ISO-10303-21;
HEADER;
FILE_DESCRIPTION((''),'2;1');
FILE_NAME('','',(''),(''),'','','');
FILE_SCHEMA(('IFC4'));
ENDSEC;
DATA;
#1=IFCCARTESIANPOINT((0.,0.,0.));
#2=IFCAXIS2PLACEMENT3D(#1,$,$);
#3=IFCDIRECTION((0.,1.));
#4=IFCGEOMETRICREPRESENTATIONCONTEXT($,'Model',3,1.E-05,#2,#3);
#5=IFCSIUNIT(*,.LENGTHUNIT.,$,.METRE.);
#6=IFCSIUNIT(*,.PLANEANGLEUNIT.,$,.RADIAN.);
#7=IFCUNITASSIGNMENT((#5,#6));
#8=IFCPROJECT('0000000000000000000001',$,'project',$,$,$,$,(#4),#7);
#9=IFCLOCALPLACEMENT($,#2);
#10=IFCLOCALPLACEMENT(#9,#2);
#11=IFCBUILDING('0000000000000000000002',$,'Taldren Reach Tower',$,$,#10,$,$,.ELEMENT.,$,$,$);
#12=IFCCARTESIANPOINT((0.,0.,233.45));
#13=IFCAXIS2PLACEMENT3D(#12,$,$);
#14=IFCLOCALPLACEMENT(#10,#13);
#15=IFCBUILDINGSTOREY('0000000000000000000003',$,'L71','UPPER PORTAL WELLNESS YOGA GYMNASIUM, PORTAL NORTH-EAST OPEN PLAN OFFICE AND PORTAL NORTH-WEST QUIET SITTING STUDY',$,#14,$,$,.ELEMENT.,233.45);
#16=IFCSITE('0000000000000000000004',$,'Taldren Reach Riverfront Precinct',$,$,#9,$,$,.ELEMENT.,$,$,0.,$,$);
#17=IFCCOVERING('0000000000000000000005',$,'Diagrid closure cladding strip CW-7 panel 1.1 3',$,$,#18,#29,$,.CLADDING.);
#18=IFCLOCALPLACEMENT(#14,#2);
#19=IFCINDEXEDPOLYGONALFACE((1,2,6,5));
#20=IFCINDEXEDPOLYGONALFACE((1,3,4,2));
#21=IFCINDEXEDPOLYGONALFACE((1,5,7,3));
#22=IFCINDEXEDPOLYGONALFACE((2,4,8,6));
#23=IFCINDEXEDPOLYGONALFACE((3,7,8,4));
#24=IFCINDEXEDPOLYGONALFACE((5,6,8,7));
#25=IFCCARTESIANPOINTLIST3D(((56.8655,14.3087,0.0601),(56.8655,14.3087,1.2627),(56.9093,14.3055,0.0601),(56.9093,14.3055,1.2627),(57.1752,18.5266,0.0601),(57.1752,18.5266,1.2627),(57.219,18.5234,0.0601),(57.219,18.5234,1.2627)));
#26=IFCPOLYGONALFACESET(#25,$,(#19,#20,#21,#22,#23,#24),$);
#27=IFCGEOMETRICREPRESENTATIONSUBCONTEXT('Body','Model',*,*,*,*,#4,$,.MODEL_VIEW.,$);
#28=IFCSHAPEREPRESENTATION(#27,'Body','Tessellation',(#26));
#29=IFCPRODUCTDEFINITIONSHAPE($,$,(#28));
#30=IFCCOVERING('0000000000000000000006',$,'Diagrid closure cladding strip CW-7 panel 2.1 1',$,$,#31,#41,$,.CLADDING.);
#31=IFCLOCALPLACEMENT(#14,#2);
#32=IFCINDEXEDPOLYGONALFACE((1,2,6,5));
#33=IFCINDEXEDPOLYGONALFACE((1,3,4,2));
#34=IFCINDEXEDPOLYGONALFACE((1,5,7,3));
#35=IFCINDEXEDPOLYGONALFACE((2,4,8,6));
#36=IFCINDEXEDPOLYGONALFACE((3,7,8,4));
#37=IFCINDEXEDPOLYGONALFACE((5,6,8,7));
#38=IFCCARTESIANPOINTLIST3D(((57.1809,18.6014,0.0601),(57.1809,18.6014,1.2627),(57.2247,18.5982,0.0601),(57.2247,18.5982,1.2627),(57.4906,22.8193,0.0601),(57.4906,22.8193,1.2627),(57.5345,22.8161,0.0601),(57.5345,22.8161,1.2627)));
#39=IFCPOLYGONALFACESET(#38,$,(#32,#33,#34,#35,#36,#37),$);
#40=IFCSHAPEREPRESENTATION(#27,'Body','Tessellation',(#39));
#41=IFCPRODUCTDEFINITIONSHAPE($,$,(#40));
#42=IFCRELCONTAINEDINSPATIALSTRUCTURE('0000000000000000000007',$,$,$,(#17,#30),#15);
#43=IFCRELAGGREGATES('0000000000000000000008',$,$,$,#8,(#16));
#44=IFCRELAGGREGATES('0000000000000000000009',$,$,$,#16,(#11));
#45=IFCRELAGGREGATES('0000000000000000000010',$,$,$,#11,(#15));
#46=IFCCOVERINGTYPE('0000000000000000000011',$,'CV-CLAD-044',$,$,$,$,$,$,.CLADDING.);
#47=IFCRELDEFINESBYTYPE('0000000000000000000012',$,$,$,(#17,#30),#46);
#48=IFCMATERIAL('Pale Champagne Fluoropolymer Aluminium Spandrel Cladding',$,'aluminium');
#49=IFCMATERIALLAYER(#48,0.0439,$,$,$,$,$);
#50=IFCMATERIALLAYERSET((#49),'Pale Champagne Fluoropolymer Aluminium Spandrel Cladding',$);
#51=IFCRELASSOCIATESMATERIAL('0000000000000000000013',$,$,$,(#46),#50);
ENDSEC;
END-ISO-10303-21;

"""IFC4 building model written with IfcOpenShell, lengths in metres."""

from ifc_helpers import new_model, si_unit, direction, frame, origin, origin_2d, place, context, subcontext, project, spatial, rectangle, extrude, source, transform, mapped, material, layer, layer_set, type_object, element, save


model = new_model("IFC4")

# Units and contexts
model_context = context("Model", 3, precision=1e-05, world=origin(), true_north=direction((0.0, 1.0)))
body_context = subcontext(model_context, "Body", "Model", "MODEL_VIEW")
ifc_project = project(units=[si_unit("LENGTHUNIT", "METRE"), si_unit("PLANEANGLEUNIT", "RADIAN")], contexts=[model_context])

# Site, building, storey
site_placement = place(None, origin())
site = spatial("IfcSite", under=ifc_project, at=site_placement, Name="Taldren Reach Riverfront Precinct", CompositionType="ELEMENT", RefElevation=0.0)
building_placement = place(site_placement, origin())
building = spatial("IfcBuilding", under=site, at=building_placement, Name="Taldren Reach Tower", CompositionType="ELEMENT")
storey_placement = place(building_placement, frame((0.0, 0.0, 233.45)))
storey = spatial("IfcBuildingStorey", under=building, at=storey_placement, Name="L71", Description="UPPER PORTAL WELLNESS YOGA GYMNASIUM, PORTAL NORTH-EAST OPEN PLAN OFFICE AND PORTAL NORTH-WEST QUIET SITTING STUDY", CompositionType="ELEMENT", Elevation=233.45)

# Coverings
ifc_material_1 = material(Name="Pale Champagne Fluoropolymer Aluminium Spandrel Cladding", Category="aluminium")
ifc_layer_1 = layer(ifc_material_1, 0.0439)
ifc_layer_set_1 = layer_set([ifc_layer_1], Name="Pale Champagne Fluoropolymer Aluminium Spandrel Cladding")
covering_type = type_object("IfcCoveringType", Name="CV-CLAD-044", PredefinedType="CLADDING", material=ifc_layer_set_1)
shared_shape_1 = source(origin(), body_context, "Body", "SweptSolid", [
    extrude(rectangle(XDim=4.2292, YDim=0.0439, at=origin_2d()), origin(), (0.0, 0.0, 1.0), 1.2026),
])
for number, where, z_axis, x_axis, name in (
    (1, (57.0422, 16.416, 0.0601), (0.0, 0.0, 1.0), (0.073238, 0.997314, 0.0), "Diagrid closure cladding strip CW-7 panel 1.1 3"),
    (2, (57.3577, 20.7087, 0.0601), (0.0, 0.0, 1.0), (0.073238, 0.997314, 0.0), "Diagrid closure cladding strip CW-7 panel 2.1 1"),
):
    element("IfcCovering", number, at=place(storey_placement, frame(where, z_axis=z_axis, x_axis=x_axis)), inside=storey, type_object=covering_type, Name=name, PredefinedType="CLADDING", context=body_context, shape_type="MappedRepresentation", body=[
        mapped(shared_shape_1, transform((0.0, 0.0, 0.0), scale=1.0)),
    ])

save(model, "model.ifc")
